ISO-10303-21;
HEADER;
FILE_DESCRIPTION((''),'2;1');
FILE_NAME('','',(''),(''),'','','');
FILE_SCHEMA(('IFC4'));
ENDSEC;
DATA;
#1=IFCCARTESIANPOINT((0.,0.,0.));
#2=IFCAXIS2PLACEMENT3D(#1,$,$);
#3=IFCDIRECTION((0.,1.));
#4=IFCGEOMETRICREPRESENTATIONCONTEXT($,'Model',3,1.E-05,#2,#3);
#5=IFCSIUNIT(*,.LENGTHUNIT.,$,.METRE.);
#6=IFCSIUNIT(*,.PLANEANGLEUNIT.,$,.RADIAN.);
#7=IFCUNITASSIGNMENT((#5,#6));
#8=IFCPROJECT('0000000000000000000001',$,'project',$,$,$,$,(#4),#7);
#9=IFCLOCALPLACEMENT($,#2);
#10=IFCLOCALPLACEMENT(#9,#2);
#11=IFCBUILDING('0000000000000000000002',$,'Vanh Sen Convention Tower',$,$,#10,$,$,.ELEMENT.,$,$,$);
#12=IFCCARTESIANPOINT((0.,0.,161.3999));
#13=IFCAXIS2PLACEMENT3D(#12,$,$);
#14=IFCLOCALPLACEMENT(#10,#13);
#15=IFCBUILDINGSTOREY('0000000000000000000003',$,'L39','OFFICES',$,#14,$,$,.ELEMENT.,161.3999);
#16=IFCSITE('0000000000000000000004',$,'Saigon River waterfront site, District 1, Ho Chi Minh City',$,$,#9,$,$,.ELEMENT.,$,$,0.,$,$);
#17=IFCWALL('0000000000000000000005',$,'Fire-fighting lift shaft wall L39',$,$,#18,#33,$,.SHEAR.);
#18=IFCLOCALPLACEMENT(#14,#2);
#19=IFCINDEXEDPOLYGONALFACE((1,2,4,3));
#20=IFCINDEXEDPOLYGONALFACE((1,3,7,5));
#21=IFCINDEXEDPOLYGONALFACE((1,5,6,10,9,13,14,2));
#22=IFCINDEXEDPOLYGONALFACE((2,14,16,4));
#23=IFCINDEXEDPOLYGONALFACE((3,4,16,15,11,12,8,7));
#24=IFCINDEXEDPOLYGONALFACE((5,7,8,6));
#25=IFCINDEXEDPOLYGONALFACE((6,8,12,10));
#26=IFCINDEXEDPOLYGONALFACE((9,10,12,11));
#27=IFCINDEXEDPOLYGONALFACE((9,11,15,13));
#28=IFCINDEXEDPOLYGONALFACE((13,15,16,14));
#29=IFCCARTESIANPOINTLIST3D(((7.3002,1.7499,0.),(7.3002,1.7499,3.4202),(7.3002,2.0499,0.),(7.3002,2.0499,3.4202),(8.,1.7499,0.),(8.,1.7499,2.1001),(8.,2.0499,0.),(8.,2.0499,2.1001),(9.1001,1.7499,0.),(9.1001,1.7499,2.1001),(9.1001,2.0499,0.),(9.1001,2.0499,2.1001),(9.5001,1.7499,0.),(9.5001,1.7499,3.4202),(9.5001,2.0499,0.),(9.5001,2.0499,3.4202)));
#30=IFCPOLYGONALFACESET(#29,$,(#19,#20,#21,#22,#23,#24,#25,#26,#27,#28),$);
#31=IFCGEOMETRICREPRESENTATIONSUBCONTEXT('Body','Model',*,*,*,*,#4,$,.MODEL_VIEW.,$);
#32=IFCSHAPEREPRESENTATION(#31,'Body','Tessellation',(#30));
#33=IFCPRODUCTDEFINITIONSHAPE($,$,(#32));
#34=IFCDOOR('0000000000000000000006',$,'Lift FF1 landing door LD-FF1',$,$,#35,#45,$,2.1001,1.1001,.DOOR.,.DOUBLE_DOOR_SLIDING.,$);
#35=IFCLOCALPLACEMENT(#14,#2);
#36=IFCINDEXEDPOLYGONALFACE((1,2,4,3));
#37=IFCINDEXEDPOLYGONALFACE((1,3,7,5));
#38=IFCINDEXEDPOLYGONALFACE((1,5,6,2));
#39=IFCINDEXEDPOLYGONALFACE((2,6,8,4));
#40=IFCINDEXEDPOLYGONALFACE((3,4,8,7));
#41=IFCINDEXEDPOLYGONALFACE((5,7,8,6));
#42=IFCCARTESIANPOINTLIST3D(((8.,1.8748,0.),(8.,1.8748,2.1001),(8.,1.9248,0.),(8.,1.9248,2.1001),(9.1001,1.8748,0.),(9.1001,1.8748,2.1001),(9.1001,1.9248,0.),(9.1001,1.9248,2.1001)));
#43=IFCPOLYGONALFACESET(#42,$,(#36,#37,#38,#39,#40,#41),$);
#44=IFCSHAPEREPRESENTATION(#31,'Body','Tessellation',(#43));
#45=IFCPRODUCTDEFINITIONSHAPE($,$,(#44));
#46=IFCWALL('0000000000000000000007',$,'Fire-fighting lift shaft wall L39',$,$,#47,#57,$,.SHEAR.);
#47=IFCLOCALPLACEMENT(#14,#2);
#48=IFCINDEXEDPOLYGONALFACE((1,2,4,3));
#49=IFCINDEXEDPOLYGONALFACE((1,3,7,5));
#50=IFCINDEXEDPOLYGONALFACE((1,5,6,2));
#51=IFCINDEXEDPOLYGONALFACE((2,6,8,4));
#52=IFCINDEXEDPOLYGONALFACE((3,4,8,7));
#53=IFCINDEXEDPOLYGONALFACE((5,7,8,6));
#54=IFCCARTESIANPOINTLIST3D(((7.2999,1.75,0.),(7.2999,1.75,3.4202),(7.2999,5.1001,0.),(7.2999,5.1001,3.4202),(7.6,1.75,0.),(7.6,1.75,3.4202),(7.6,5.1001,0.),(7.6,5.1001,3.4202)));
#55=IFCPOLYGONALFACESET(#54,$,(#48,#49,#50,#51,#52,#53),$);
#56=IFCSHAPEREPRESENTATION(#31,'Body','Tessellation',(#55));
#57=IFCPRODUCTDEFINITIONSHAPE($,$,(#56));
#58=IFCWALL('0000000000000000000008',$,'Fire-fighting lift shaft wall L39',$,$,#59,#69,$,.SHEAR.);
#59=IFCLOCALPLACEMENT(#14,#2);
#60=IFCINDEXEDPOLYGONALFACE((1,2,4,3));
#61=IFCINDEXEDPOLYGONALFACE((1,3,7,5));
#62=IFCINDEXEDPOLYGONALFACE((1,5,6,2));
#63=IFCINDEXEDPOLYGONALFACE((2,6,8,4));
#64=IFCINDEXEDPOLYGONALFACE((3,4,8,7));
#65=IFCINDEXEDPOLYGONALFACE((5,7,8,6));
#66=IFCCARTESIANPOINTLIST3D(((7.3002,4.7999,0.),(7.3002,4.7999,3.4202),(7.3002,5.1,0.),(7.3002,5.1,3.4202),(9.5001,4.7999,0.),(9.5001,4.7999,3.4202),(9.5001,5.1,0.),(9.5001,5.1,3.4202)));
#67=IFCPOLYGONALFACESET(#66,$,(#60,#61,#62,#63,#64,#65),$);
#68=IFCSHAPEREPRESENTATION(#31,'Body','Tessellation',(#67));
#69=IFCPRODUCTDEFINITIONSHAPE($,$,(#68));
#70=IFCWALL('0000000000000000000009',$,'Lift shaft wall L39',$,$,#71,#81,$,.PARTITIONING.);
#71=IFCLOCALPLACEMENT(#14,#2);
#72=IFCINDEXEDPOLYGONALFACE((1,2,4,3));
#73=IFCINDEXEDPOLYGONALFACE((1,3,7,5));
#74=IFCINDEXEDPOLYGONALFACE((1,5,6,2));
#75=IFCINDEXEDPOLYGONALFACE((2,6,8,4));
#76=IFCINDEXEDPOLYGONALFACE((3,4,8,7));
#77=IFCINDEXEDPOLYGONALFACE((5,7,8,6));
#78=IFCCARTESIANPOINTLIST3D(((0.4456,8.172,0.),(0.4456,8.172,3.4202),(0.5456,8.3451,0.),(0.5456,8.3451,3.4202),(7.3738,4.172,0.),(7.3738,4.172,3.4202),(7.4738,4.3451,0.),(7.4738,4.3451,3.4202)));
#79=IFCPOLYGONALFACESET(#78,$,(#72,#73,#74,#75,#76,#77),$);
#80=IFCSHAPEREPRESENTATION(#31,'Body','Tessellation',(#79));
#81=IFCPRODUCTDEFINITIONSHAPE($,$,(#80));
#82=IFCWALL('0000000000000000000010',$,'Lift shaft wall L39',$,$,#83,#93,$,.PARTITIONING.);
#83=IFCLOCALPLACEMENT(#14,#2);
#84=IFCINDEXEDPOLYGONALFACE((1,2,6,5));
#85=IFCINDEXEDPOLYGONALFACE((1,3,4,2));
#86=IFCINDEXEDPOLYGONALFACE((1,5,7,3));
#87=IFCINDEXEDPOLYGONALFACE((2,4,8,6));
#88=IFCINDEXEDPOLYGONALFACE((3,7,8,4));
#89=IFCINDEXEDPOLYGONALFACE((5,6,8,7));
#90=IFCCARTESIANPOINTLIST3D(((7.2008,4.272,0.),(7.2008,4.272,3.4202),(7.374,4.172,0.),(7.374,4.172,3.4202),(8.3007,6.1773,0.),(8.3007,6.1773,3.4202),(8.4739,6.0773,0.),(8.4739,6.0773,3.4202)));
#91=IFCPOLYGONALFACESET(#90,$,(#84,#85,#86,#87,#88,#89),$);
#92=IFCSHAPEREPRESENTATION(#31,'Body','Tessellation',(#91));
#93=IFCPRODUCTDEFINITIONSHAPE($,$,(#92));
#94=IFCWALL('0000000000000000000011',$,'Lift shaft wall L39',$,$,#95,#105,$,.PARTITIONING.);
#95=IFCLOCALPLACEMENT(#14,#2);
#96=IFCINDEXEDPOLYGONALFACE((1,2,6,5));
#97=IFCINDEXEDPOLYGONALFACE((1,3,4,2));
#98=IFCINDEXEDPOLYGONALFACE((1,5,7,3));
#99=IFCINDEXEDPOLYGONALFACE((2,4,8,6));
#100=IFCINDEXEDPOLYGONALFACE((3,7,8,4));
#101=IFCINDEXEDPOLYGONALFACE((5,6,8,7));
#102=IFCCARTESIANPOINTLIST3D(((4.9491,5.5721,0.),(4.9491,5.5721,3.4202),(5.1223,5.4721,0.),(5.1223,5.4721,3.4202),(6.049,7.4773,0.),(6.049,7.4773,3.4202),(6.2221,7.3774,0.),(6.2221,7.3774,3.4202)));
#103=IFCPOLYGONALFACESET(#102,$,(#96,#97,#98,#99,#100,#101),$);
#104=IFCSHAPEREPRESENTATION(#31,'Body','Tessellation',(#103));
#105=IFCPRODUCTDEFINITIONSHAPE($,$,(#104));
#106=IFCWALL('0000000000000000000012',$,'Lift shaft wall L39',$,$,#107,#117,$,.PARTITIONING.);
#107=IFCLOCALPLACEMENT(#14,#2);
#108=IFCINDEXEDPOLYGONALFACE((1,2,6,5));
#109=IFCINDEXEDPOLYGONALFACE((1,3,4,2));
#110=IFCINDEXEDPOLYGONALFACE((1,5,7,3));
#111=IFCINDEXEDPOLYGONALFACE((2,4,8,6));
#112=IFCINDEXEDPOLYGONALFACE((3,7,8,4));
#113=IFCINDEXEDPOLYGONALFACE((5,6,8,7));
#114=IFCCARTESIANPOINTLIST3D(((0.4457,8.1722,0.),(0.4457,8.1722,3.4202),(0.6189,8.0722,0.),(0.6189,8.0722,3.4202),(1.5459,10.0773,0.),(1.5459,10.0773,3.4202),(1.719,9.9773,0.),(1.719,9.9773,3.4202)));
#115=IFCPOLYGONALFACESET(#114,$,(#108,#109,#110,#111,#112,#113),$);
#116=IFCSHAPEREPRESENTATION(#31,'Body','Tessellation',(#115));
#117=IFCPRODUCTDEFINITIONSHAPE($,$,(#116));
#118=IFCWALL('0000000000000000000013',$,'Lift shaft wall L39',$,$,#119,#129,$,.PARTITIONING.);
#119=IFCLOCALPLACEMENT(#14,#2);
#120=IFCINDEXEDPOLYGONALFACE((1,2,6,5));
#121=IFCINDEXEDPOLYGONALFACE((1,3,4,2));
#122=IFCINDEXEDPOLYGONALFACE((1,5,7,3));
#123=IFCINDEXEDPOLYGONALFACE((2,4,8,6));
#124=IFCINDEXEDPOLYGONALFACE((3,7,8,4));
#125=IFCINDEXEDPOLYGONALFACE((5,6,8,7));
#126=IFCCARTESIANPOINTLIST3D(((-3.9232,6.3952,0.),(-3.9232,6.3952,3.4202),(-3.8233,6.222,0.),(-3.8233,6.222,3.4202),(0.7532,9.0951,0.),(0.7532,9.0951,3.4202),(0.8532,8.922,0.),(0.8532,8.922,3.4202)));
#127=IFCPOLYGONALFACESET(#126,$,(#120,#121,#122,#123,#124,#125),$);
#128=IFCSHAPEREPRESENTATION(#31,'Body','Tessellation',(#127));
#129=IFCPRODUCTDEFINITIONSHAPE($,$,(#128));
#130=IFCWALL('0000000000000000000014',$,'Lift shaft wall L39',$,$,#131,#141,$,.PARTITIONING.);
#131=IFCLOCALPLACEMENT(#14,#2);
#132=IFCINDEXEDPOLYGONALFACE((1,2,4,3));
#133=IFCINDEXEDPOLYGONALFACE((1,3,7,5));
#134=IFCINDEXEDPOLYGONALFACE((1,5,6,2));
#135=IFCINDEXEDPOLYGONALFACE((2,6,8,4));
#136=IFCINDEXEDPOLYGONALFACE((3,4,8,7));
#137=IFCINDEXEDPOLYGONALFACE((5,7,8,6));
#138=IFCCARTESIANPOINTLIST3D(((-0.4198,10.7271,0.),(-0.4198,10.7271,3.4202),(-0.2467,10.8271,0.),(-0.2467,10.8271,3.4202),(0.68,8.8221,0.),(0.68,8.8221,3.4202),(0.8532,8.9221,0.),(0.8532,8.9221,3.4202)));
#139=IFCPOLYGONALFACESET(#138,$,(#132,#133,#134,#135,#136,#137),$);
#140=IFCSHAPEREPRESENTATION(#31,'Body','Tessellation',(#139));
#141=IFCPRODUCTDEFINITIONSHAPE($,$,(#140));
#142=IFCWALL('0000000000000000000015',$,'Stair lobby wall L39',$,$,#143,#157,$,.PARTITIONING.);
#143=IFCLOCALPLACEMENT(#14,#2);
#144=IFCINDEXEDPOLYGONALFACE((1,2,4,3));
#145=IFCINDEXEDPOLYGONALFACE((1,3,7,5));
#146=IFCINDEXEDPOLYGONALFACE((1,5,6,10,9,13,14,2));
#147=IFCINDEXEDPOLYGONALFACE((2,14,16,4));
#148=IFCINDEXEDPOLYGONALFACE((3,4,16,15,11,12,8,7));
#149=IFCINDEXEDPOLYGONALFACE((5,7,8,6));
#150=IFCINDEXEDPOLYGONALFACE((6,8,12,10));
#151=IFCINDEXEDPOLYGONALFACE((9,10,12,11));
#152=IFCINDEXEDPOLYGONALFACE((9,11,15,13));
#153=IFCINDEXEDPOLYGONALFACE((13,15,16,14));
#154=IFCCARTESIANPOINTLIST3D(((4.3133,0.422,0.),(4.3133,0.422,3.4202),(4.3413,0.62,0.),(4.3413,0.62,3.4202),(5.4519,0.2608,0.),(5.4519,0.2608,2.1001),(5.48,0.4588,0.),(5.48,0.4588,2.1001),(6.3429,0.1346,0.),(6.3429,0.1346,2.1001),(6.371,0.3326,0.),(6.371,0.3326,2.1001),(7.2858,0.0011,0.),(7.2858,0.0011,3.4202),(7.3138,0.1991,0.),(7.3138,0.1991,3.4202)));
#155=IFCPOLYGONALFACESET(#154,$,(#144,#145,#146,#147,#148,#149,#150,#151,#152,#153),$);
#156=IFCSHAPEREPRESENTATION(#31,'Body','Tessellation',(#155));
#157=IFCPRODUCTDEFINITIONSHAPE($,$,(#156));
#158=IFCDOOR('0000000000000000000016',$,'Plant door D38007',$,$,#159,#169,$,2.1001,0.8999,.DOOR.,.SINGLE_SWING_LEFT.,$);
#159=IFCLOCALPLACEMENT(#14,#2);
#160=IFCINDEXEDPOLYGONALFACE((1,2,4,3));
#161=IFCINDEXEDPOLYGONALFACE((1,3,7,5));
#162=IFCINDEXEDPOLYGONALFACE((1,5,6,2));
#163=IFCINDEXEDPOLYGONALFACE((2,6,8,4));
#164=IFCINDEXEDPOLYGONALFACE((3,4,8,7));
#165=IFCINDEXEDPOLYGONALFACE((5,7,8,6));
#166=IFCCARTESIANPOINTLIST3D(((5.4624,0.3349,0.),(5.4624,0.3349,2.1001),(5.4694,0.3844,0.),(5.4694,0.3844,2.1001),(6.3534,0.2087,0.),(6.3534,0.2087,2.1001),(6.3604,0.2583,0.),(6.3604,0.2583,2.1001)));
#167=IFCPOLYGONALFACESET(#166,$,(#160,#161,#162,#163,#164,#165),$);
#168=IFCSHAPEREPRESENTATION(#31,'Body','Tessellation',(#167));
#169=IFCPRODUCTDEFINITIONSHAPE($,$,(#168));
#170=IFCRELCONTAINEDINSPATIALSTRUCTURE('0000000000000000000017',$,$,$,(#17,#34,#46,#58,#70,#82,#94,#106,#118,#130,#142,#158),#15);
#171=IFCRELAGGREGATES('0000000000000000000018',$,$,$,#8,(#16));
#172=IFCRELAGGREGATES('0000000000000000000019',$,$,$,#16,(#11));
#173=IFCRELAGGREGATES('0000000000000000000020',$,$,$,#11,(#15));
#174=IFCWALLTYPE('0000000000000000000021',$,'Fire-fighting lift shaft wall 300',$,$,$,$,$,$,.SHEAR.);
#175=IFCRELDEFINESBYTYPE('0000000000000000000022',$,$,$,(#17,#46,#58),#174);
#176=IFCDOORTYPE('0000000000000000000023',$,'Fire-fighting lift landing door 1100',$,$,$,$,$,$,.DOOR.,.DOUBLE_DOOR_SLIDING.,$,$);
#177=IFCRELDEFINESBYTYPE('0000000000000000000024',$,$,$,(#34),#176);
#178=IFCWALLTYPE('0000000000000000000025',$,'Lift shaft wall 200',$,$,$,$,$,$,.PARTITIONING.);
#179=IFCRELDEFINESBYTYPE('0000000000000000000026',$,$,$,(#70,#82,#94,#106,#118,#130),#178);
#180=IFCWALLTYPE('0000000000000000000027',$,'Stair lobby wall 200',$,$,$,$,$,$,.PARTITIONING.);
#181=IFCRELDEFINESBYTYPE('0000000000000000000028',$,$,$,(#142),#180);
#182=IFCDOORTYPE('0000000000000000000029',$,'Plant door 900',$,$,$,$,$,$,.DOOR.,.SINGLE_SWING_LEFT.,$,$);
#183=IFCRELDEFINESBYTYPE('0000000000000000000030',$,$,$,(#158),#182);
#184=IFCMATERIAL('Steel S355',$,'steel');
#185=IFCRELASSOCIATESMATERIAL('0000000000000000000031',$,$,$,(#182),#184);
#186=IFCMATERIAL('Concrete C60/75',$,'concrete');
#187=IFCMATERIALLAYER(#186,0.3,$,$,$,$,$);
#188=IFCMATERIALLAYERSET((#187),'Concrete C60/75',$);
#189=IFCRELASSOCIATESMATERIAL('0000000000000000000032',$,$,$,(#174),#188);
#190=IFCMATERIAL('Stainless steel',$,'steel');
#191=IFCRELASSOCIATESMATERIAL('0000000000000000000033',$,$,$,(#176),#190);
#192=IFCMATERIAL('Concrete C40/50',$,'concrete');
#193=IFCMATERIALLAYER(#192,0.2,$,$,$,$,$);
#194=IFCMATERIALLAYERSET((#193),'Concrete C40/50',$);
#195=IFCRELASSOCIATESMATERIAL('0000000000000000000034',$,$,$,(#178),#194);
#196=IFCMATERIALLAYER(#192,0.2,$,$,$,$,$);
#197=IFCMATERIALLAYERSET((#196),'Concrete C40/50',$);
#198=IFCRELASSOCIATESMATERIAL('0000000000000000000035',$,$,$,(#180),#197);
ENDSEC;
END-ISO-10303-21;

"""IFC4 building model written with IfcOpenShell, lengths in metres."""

from ifc_helpers import new_model, si_unit, direction, frame, frame_2d, origin, place, context, subcontext, project, spatial, rectangle, extrude, material, layer, layer_set, type_object, element, fill, save


model = new_model("IFC4")

# Units and contexts
model_context = context("Model", 3, precision=1e-05, world=origin(), true_north=direction((0.0, 1.0)))
body_context = subcontext(model_context, "Body", "Model", "MODEL_VIEW")
ifc_project = project(units=[si_unit("LENGTHUNIT", "METRE"), si_unit("PLANEANGLEUNIT", "RADIAN")], contexts=[model_context])

# Site, building, storey
site_placement = place(None, origin())
site = spatial("IfcSite", under=ifc_project, at=site_placement, Name="Saigon River waterfront site, District 1, Ho Chi Minh City", CompositionType="ELEMENT", RefElevation=0.0)
building_placement = place(site_placement, origin())
building = spatial("IfcBuilding", under=site, at=building_placement, Name="Vanh Sen Convention Tower", CompositionType="ELEMENT")
storey_placement = place(building_placement, frame((0.0, 0.0, 161.3999)))
storey = spatial("IfcBuildingStorey", under=building, at=storey_placement, Name="L39", Description="OFFICES", CompositionType="ELEMENT", Elevation=161.3999)

# Shared definitions
ifc_material_1 = material(Name="Steel S355", Category="steel")
door_type_1 = type_object("IfcDoorType", Name="Plant door 900", OperationType="SINGLE_SWING_LEFT", PredefinedType="DOOR", material=ifc_material_1)

# Wall, opening, door
ifc_material_2 = material(Name="Concrete C60/75", Category="concrete")
ifc_layer_1 = layer(ifc_material_2, 0.3)
ifc_layer_set_1 = layer_set([ifc_layer_1], Name="Concrete C60/75")
wall_type_1 = type_object("IfcWallType", Name="Fire-fighting lift shaft wall 300", PredefinedType="SHEAR", material=ifc_layer_set_1)
wall_1_placement = place(storey_placement, frame((7.3, 1.8999, 0.0), z_axis=(0.0, 0.0, 1.0), x_axis=(1.0, 0.0, 0.0)))
wall_1 = element("IfcWall", 1, at=wall_1_placement, inside=storey, type_object=wall_type_1, Name="Fire-fighting lift shaft wall L39", PredefinedType="SHEAR", context=body_context, shape_type="SweptSolid", body=[
    extrude(rectangle(XDim=2.2, YDim=0.3, at=frame_2d((1.1001, 0.0))), origin(), (0.0, 0.0, 1.0), 3.4202),
])
opening_1_placement = place(wall_1_placement, frame((0.7, 0.0, 0.0)))
opening_1 = element("IfcOpeningElement", 2, at=opening_1_placement, cuts=wall_1, PredefinedType="OPENING", context=body_context, shape_type="SweptSolid", body=[
    extrude(rectangle(XDim=1.1001, YDim=2.1001, at=frame_2d((0.55, 1.05))), frame((0.0, 0.1599, 0.0), z_axis=(0.0, -1.0, 0.0), x_axis=(1.0, 0.0, 0.0)), (0.0, 0.0, 1.0), 0.3201),
])
ifc_material_3 = material(Name="Stainless steel", Category="steel")
door_type_2 = type_object("IfcDoorType", Name="Fire-fighting lift landing door 1100", OperationType="DOUBLE_DOOR_SLIDING", PredefinedType="DOOR", material=ifc_material_3)
door_1_placement = place(opening_1_placement, origin())
door_1 = element("IfcDoor", 3, at=door_1_placement, inside=storey, type_object=door_type_2, Name="Lift FF1 landing door LD-FF1", OperationType="DOUBLE_DOOR_SLIDING", OverallHeight=2.1001, OverallWidth=1.1001, PredefinedType="DOOR", context=body_context, shape_type="SweptSolid", body=[
    extrude(rectangle(XDim=1.1001, YDim=2.1001, at=frame_2d((0.55, 1.05))), frame((0.0, 0.0249, 0.0), z_axis=(0.0, -1.0, 0.0), x_axis=(1.0, 0.0, 0.0)), (0.0, 0.0, 1.0), 0.05),
])
fill(opening_1, door_1)

# Walls
wall_2_placement = place(storey_placement, frame((7.45, 1.75, 0.0), z_axis=(0.0, 0.0, 1.0), x_axis=(0.0, 1.0, 0.0)))
element("IfcWall", 4, at=wall_2_placement, inside=storey, type_object=wall_type_1, Name="Fire-fighting lift shaft wall L39", PredefinedType="SHEAR", context=body_context, shape_type="SweptSolid", body=[
    extrude(rectangle(XDim=3.3501, YDim=0.3, at=frame_2d((1.675, 0.0))), origin(), (0.0, 0.0, 1.0), 3.4202),
])
wall_3_placement = place(storey_placement, frame((7.3, 4.95, 0.0), z_axis=(0.0, 0.0, 1.0), x_axis=(1.0, 0.0, 0.0)))
element("IfcWall", 5, at=wall_3_placement, inside=storey, type_object=wall_type_1, Name="Fire-fighting lift shaft wall L39", PredefinedType="SHEAR", context=body_context, shape_type="SweptSolid", body=[
    extrude(rectangle(XDim=2.2, YDim=0.3, at=frame_2d((1.1001, 0.0))), origin(), (0.0, 0.0, 1.0), 3.4202),
])
ifc_material_4 = material(Name="Concrete C40/50", Category="concrete")
ifc_layer_2 = layer(ifc_material_4, 0.2)
ifc_layer_set_2 = layer_set([ifc_layer_2], Name="Concrete C40/50")
wall_type_2 = type_object("IfcWallType", Name="Lift shaft wall 200", PredefinedType="PARTITIONING", material=ifc_layer_set_2)
wall_4_placement = place(storey_placement, frame((7.4238, 4.2585, 0.0), z_axis=(0.0, 0.0, 1.0), x_axis=(-0.866026, 0.499999, 0.0)))
element("IfcWall", 6, at=wall_4_placement, inside=storey, type_object=wall_type_2, Name="Lift shaft wall L39", PredefinedType="PARTITIONING", context=body_context, shape_type="SweptSolid", body=[
    extrude(rectangle(XDim=8.0, YDim=0.2, at=frame_2d((4.0, 0.0))), origin(), (0.0, 0.0, 1.0), 3.4202),
])
for number, where, z_axis, x_axis, name in (
    (7, (7.2874, 4.2219, 0.0), (0.0, 0.0, 1.0), (0.499947, 0.866056, 0.0), "Lift shaft wall L39"),
    (8, (5.0356, 5.522, 0.0), (0.0, 0.0, 1.0), (0.499947, 0.866056, 0.0), "Lift shaft wall L39"),
    (9, (0.5322, 8.1221, 0.0), (0.0, 0.0, 1.0), (0.500078, 0.86598, 0.0), "Lift shaft wall L39"),
):
    element("IfcWall", number, at=place(storey_placement, frame(where, z_axis=z_axis, x_axis=x_axis)), inside=storey, type_object=wall_type_2, Name=name, PredefinedType="PARTITIONING", context=body_context, shape_type="SweptSolid", body=[
        extrude(rectangle(XDim=2.2, YDim=0.2, at=frame_2d((1.1001, 0.0))), origin(), (0.0, 0.0, 1.0), 3.4202),
    ])
wall_5_placement = place(storey_placement, frame((0.8032, 9.0085, 0.0), z_axis=(0.0, 0.0, 1.0), x_axis=(-0.866028, -0.499995, 0.0)))
element("IfcWall", 10, at=wall_5_placement, inside=storey, type_object=wall_type_2, Name="Lift shaft wall L39", PredefinedType="PARTITIONING", context=body_context, shape_type="SweptSolid", body=[
    extrude(rectangle(XDim=5.3999, YDim=0.2, at=frame_2d((2.7, 0.0))), origin(), (0.0, 0.0, 1.0), 3.4202),
])
wall_6_placement = place(storey_placement, frame((0.7666, 8.8721, 0.0), z_axis=(0.0, 0.0, 1.0), x_axis=(-0.499995, 0.866028, 0.0)))
element("IfcWall", 11, at=wall_6_placement, inside=storey, type_object=wall_type_2, Name="Lift shaft wall L39", PredefinedType="PARTITIONING", context=body_context, shape_type="SweptSolid", body=[
    extrude(rectangle(XDim=2.1997, YDim=0.2, at=frame_2d((1.0999, 0.0))), origin(), (0.0, 0.0, 1.0), 3.4202),
])

# Wall, opening, door
ifc_layer_3 = layer(ifc_material_4, 0.2)
ifc_layer_set_3 = layer_set([ifc_layer_3], Name="Concrete C40/50")
wall_type_3 = type_object("IfcWallType", Name="Stair lobby wall 200", PredefinedType="PARTITIONING", material=ifc_layer_set_3)
wall_7_placement = place(storey_placement, frame((4.3274, 0.521, 0.0), z_axis=(0.0, 0.0, 1.0), x_axis=(0.990124, -0.140192, 0.0)))
wall_7 = element("IfcWall", 12, at=wall_7_placement, inside=storey, type_object=wall_type_3, Name="Stair lobby wall L39", PredefinedType="PARTITIONING", context=body_context, shape_type="SweptSolid", body=[
    extrude(rectangle(XDim=3.0022, YDim=0.2, at=frame_2d((1.501, 0.0))), origin(), (0.0, 0.0, 1.0), 3.4202),
])
opening_2_placement = place(wall_7_placement, frame((1.1499, 0.0, 0.0)))
opening_2 = element("IfcOpeningElement", 13, at=opening_2_placement, cuts=wall_7, PredefinedType="OPENING", context=body_context, shape_type="SweptSolid", body=[
    extrude(rectangle(XDim=0.8999, YDim=2.1001, at=frame_2d((0.45, 1.05))), frame((0.0, 0.1099, 0.0), z_axis=(0.0, -1.0, 0.0), x_axis=(1.0, 0.0, 0.0)), (0.0, 0.0, 1.0), 0.22),
])
door_2_placement = place(opening_2_placement, origin())
door_2 = element("IfcDoor", 14, at=door_2_placement, inside=storey, type_object=door_type_1, Name="Plant door D38007", OperationType="SINGLE_SWING_LEFT", OverallHeight=2.1001, OverallWidth=0.8999, PredefinedType="DOOR", context=body_context, shape_type="SweptSolid", body=[
    extrude(rectangle(XDim=0.8999, YDim=2.1001, at=frame_2d((0.45, 1.05))), frame((0.0, 0.0249, 0.0), z_axis=(0.0, -1.0, 0.0), x_axis=(1.0, 0.0, 0.0)), (0.0, 0.0, 1.0), 0.05),
])
fill(opening_2, door_2)

save(model, "model.ifc")
